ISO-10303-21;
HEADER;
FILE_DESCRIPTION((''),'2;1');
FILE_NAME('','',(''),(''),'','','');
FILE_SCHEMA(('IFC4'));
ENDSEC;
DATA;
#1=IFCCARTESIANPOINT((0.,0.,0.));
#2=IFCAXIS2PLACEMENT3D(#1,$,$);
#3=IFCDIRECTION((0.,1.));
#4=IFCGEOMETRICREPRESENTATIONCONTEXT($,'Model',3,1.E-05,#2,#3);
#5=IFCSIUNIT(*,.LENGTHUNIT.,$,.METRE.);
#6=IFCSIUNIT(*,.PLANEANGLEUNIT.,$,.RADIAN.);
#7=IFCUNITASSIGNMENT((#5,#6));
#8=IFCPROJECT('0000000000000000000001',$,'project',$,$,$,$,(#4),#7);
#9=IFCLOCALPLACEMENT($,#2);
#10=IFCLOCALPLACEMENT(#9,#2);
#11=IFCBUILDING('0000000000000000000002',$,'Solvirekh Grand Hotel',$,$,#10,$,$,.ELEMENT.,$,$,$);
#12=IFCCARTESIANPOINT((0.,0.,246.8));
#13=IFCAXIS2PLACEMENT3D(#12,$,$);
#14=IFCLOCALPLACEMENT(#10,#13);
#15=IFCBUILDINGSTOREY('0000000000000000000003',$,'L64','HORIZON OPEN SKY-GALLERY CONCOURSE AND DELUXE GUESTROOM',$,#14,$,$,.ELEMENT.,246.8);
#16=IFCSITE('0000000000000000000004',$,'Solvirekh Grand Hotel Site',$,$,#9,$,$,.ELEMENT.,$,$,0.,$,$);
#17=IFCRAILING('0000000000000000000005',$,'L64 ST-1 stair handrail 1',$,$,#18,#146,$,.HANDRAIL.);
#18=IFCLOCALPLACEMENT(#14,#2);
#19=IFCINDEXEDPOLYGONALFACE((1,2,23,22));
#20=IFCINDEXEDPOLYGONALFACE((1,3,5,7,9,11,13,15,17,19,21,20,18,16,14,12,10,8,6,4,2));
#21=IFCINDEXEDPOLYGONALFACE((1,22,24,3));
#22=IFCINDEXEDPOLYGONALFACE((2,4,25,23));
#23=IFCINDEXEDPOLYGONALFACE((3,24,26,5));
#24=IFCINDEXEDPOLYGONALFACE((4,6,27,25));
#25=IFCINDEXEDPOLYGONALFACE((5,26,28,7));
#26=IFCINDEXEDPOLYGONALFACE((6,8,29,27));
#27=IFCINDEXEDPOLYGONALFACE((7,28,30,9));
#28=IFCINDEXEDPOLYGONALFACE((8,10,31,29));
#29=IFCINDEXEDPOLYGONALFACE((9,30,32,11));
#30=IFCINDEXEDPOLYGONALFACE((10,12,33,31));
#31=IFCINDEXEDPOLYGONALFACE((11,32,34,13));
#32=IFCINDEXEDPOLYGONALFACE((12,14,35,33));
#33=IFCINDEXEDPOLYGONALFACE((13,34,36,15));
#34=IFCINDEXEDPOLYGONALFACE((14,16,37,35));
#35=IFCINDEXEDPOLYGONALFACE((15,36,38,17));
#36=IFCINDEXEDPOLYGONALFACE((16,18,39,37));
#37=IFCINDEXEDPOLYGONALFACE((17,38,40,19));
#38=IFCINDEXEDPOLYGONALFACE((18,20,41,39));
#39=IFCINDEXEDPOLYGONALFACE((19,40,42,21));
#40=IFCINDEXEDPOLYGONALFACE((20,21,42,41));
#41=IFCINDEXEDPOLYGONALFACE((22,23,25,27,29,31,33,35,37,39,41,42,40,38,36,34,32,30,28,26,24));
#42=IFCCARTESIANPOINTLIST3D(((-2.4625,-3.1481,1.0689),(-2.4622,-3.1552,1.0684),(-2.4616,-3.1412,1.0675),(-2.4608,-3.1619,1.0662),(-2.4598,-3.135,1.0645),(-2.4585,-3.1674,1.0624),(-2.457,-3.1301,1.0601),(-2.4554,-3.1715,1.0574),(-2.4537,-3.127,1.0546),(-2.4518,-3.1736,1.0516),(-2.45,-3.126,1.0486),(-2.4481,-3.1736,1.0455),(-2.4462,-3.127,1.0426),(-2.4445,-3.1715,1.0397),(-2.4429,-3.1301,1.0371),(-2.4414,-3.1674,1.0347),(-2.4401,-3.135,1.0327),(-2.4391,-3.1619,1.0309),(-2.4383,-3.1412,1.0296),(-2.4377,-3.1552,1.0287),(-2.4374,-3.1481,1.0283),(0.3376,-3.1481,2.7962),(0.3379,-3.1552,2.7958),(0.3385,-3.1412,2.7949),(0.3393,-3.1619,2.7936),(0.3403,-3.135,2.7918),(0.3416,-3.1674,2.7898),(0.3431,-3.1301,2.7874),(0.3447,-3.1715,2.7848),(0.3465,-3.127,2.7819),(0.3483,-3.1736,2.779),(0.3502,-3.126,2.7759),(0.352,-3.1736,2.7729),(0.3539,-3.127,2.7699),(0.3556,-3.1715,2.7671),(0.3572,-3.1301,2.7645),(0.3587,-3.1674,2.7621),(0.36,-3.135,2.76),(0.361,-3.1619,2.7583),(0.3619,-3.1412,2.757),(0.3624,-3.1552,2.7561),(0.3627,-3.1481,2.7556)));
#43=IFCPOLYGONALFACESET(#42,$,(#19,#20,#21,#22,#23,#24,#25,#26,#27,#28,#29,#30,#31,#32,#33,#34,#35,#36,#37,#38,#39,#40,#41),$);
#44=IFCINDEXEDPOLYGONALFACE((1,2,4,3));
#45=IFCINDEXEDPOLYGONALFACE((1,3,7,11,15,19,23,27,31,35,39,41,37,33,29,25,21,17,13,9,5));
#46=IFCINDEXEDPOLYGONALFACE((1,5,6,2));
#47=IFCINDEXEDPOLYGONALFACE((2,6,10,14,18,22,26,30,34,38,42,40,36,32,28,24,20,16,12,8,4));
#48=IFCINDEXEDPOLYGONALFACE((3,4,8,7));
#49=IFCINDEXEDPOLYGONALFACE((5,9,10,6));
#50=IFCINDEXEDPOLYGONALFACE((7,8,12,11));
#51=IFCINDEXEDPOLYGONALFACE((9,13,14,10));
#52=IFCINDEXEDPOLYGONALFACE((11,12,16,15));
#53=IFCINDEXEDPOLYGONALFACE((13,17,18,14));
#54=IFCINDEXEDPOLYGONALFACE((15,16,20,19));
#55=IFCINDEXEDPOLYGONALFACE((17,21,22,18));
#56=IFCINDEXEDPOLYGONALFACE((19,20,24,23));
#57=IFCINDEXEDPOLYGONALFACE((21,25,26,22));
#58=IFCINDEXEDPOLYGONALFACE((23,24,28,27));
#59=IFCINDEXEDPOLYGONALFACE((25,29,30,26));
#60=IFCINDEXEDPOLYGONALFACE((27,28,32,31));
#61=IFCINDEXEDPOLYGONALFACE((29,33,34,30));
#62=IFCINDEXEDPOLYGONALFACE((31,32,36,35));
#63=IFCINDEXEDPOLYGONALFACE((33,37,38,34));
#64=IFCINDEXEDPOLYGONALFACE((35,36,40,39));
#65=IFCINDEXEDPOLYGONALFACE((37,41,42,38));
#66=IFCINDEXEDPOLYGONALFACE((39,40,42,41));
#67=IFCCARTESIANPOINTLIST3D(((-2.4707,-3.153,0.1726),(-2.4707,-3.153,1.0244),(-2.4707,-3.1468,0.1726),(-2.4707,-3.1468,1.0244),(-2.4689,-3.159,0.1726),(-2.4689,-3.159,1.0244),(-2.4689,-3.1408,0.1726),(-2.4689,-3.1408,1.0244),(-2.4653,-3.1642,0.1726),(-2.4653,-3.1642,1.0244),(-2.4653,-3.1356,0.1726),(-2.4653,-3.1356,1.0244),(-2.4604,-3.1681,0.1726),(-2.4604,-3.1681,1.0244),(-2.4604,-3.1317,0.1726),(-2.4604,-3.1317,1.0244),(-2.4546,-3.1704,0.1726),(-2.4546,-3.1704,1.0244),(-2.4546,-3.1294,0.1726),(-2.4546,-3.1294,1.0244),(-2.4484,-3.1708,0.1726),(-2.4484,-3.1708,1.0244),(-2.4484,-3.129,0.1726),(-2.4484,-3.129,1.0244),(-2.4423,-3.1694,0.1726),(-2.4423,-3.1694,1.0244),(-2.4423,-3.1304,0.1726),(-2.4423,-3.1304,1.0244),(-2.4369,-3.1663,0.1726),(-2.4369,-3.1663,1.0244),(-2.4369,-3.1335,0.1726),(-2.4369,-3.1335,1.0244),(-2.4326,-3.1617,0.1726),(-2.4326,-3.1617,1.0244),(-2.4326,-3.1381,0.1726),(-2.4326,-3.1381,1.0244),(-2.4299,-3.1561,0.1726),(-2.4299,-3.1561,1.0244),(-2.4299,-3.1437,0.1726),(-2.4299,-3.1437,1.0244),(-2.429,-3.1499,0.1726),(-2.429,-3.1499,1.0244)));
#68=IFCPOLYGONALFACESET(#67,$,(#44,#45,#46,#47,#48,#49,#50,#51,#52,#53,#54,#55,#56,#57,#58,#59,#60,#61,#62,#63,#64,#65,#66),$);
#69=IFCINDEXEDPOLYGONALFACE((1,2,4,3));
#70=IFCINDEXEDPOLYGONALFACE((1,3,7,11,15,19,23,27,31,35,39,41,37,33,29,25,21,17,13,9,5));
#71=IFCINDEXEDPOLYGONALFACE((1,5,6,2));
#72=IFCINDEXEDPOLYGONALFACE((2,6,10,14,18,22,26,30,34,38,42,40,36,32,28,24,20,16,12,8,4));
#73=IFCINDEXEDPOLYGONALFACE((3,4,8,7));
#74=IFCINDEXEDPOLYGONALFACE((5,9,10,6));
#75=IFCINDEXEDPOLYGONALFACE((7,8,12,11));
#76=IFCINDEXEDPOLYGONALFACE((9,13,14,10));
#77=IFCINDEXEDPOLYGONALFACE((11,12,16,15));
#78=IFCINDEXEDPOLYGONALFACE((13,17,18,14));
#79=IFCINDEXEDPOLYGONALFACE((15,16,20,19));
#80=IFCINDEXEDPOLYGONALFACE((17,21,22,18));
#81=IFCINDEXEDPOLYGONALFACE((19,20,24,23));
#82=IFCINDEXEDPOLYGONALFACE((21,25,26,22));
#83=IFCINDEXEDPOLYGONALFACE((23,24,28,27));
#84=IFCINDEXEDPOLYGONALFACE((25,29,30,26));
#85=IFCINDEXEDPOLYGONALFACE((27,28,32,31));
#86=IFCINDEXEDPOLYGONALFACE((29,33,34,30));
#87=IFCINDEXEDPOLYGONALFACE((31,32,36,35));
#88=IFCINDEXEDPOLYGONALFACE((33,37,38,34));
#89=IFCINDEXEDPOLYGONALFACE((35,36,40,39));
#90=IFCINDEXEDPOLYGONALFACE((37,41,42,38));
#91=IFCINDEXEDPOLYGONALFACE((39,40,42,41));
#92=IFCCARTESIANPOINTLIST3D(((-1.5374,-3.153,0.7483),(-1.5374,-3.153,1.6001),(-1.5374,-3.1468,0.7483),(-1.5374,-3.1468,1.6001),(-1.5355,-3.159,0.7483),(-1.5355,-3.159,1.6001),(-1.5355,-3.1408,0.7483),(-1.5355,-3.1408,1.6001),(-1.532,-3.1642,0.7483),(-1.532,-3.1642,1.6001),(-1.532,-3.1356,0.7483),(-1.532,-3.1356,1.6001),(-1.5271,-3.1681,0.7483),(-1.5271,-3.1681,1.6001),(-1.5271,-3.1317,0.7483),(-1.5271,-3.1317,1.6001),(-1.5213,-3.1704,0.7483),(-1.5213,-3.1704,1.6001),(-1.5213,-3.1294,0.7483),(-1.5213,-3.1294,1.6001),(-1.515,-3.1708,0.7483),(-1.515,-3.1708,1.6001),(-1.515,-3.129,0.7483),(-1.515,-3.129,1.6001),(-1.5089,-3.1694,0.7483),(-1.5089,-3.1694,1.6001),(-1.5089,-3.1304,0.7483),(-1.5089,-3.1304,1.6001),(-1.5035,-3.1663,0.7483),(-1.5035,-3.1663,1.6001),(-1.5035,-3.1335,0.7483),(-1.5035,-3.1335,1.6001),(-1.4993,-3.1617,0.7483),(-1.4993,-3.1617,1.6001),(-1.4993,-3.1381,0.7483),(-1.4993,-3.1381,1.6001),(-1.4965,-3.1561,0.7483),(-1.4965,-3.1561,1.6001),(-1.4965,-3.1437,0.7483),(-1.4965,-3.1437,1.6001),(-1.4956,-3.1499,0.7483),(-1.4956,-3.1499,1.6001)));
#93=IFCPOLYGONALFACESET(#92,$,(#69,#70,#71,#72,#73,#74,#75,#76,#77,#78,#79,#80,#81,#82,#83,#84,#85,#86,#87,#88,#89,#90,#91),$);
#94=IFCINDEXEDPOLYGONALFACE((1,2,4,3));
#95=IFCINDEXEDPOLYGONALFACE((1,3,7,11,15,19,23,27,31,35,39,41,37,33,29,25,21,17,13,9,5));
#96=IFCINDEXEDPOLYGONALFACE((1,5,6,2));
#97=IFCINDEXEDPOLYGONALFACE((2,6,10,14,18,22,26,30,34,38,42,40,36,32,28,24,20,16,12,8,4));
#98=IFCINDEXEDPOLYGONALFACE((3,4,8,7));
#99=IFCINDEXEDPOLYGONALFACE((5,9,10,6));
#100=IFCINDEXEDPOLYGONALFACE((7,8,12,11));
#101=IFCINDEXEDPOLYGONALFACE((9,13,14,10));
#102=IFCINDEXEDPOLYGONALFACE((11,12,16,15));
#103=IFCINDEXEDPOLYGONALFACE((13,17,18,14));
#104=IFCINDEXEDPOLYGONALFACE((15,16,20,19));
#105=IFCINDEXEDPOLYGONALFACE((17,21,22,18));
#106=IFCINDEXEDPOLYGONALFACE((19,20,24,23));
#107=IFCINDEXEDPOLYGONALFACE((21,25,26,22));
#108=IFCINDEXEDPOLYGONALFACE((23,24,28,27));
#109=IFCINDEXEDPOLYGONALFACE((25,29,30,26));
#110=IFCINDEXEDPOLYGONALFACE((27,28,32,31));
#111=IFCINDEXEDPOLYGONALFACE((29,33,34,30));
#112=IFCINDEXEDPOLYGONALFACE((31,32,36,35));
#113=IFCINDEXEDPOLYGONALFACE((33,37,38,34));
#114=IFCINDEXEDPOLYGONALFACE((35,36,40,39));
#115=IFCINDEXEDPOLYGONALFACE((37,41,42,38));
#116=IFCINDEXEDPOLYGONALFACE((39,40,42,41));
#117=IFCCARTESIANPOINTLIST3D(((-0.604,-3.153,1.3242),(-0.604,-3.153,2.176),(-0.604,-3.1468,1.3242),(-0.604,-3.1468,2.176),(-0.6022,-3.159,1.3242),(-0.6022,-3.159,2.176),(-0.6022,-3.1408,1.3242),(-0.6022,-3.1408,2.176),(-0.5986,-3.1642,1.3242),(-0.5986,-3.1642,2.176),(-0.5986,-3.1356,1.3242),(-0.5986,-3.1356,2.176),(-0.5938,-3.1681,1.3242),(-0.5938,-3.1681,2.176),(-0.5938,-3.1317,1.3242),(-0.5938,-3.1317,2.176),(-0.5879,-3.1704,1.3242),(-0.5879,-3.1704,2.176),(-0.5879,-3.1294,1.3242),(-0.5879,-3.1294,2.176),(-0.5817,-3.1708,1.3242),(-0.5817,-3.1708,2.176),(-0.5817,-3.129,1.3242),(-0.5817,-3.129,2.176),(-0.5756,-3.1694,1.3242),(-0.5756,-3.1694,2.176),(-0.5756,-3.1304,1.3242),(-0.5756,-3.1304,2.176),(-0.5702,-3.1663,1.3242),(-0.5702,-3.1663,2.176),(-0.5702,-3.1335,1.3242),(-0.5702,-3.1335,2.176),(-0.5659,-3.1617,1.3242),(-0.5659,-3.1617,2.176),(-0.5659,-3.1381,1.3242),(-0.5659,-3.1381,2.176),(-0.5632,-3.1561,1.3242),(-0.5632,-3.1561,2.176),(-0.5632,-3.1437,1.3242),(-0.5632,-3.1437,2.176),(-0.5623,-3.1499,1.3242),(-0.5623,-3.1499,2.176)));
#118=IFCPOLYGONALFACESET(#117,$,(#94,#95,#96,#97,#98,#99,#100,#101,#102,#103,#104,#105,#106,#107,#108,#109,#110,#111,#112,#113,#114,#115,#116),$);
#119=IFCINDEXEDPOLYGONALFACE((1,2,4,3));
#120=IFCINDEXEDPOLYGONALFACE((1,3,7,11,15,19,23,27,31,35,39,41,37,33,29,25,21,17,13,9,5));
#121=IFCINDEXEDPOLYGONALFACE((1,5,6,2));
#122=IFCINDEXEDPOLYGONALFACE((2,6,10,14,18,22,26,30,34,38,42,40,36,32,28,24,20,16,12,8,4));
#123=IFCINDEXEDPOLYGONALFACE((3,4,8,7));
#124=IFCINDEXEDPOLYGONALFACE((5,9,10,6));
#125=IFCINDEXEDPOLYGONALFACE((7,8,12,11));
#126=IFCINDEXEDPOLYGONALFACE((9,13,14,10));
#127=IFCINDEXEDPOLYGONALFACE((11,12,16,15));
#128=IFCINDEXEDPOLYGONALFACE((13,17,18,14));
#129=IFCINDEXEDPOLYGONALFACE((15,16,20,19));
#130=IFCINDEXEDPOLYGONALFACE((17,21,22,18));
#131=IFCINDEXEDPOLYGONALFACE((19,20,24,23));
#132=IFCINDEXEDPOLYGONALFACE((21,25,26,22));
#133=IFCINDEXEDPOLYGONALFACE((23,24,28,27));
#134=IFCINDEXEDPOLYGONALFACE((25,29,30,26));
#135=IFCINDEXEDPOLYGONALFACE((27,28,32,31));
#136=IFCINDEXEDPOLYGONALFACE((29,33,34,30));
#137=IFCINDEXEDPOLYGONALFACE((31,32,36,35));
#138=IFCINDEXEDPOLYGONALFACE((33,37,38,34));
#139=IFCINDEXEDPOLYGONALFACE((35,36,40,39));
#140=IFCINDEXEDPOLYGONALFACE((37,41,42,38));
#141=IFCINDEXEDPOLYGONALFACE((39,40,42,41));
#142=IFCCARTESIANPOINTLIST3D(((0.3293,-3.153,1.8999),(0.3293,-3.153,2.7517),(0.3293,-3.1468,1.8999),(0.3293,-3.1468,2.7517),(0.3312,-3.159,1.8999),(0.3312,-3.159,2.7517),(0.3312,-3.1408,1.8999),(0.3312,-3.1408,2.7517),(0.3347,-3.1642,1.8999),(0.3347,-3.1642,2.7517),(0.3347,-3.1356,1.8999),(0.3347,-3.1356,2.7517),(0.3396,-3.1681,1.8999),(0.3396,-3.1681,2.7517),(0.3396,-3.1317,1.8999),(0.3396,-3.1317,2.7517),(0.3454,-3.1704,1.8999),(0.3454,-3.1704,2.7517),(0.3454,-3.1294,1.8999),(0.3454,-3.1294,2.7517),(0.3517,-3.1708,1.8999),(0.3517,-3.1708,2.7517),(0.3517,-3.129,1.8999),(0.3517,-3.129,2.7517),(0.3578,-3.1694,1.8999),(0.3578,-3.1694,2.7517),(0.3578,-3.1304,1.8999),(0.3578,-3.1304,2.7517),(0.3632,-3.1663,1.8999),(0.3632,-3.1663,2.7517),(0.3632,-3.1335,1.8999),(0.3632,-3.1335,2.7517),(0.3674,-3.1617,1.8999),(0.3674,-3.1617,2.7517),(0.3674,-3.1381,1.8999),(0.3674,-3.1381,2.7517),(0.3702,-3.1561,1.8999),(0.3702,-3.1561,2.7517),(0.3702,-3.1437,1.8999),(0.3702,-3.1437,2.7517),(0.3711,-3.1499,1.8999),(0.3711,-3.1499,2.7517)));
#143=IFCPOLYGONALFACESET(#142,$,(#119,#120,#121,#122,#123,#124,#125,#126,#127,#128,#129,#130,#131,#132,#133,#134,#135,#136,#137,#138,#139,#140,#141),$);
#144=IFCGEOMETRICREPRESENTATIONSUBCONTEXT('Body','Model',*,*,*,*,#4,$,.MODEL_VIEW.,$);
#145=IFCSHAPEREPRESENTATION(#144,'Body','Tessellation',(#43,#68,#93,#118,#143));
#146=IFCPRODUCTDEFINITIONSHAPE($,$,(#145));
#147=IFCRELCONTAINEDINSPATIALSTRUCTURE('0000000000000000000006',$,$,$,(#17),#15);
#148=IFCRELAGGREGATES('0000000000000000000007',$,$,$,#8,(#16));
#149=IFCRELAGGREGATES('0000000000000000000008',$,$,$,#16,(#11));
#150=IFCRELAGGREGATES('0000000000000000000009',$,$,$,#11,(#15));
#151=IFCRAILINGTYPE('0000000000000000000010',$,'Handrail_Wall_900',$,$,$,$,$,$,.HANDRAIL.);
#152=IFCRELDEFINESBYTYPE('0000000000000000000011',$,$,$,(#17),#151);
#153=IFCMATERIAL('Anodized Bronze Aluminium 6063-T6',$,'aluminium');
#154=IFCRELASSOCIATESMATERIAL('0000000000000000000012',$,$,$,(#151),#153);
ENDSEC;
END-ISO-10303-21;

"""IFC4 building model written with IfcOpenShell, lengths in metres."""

from ifc_helpers import new_model, si_unit, direction, frame, origin, origin_2d, place, context, subcontext, project, spatial, circle, extrude, material, type_object, element, save


model = new_model("IFC4")

# Units and contexts
model_context = context("Model", 3, precision=1e-05, world=origin(), true_north=direction((0.0, 1.0)))
body_context = subcontext(model_context, "Body", "Model", "MODEL_VIEW")
ifc_project = project(units=[si_unit("LENGTHUNIT", "METRE"), si_unit("PLANEANGLEUNIT", "RADIAN")], contexts=[model_context])

# Site, building, storey
site_placement = place(None, origin())
site = spatial("IfcSite", under=ifc_project, at=site_placement, Name="Solvirekh Grand Hotel Site", CompositionType="ELEMENT", RefElevation=0.0)
building_placement = place(site_placement, origin())
building = spatial("IfcBuilding", under=site, at=building_placement, Name="Solvirekh Grand Hotel", CompositionType="ELEMENT")
storey_placement = place(building_placement, frame((0.0, 0.0, 246.8)))
storey = spatial("IfcBuildingStorey", under=building, at=storey_placement, Name="L64", Description="HORIZON OPEN SKY-GALLERY CONCOURSE AND DELUXE GUESTROOM", CompositionType="ELEMENT", Elevation=246.8)

# Shared definitions
ifc_material_1 = material(Name="Anodized Bronze Aluminium 6063-T6", Category="aluminium")

# Railing
railing_type_1 = type_object("IfcRailingType", Name="Handrail_Wall_900", PredefinedType="HANDRAIL", material=ifc_material_1)
railing_1_placement = place(storey_placement, frame((-2.45, -3.1499, 0.1726)))
element("IfcRailing", 1, at=railing_1_placement, inside=storey, type_object=railing_type_1, Name="L64 ST-1 stair handrail 1", PredefinedType="HANDRAIL", context=body_context, shape_type="SweptSolid", body=[
    extrude(circle(Radius=0.0239, at=origin_2d()), frame((0.0, 0.0, 0.876), z_axis=(0.85109, 0.0, 0.52502), x_axis=(0.0, 1.0, 0.0)), (0.0, 0.0, 1.0), 3.29),
    extrude(circle(Radius=0.021, at=origin_2d()), origin(), (0.0, 0.0, 1.0), 0.8518),
    extrude(circle(Radius=0.021, at=origin_2d()), frame((0.9333, 0.0, 0.5757)), (0.0, 0.0, 1.0), 0.8518),
    extrude(circle(Radius=0.021, at=origin_2d()), frame((1.8667, 0.0, 1.1516)), (0.0, 0.0, 1.0), 0.8518),
    extrude(circle(Radius=0.021, at=origin_2d()), frame((2.8, 0.0, 1.7273)), (0.0, 0.0, 1.0), 0.8518),
])

save(model, "model.ifc")
